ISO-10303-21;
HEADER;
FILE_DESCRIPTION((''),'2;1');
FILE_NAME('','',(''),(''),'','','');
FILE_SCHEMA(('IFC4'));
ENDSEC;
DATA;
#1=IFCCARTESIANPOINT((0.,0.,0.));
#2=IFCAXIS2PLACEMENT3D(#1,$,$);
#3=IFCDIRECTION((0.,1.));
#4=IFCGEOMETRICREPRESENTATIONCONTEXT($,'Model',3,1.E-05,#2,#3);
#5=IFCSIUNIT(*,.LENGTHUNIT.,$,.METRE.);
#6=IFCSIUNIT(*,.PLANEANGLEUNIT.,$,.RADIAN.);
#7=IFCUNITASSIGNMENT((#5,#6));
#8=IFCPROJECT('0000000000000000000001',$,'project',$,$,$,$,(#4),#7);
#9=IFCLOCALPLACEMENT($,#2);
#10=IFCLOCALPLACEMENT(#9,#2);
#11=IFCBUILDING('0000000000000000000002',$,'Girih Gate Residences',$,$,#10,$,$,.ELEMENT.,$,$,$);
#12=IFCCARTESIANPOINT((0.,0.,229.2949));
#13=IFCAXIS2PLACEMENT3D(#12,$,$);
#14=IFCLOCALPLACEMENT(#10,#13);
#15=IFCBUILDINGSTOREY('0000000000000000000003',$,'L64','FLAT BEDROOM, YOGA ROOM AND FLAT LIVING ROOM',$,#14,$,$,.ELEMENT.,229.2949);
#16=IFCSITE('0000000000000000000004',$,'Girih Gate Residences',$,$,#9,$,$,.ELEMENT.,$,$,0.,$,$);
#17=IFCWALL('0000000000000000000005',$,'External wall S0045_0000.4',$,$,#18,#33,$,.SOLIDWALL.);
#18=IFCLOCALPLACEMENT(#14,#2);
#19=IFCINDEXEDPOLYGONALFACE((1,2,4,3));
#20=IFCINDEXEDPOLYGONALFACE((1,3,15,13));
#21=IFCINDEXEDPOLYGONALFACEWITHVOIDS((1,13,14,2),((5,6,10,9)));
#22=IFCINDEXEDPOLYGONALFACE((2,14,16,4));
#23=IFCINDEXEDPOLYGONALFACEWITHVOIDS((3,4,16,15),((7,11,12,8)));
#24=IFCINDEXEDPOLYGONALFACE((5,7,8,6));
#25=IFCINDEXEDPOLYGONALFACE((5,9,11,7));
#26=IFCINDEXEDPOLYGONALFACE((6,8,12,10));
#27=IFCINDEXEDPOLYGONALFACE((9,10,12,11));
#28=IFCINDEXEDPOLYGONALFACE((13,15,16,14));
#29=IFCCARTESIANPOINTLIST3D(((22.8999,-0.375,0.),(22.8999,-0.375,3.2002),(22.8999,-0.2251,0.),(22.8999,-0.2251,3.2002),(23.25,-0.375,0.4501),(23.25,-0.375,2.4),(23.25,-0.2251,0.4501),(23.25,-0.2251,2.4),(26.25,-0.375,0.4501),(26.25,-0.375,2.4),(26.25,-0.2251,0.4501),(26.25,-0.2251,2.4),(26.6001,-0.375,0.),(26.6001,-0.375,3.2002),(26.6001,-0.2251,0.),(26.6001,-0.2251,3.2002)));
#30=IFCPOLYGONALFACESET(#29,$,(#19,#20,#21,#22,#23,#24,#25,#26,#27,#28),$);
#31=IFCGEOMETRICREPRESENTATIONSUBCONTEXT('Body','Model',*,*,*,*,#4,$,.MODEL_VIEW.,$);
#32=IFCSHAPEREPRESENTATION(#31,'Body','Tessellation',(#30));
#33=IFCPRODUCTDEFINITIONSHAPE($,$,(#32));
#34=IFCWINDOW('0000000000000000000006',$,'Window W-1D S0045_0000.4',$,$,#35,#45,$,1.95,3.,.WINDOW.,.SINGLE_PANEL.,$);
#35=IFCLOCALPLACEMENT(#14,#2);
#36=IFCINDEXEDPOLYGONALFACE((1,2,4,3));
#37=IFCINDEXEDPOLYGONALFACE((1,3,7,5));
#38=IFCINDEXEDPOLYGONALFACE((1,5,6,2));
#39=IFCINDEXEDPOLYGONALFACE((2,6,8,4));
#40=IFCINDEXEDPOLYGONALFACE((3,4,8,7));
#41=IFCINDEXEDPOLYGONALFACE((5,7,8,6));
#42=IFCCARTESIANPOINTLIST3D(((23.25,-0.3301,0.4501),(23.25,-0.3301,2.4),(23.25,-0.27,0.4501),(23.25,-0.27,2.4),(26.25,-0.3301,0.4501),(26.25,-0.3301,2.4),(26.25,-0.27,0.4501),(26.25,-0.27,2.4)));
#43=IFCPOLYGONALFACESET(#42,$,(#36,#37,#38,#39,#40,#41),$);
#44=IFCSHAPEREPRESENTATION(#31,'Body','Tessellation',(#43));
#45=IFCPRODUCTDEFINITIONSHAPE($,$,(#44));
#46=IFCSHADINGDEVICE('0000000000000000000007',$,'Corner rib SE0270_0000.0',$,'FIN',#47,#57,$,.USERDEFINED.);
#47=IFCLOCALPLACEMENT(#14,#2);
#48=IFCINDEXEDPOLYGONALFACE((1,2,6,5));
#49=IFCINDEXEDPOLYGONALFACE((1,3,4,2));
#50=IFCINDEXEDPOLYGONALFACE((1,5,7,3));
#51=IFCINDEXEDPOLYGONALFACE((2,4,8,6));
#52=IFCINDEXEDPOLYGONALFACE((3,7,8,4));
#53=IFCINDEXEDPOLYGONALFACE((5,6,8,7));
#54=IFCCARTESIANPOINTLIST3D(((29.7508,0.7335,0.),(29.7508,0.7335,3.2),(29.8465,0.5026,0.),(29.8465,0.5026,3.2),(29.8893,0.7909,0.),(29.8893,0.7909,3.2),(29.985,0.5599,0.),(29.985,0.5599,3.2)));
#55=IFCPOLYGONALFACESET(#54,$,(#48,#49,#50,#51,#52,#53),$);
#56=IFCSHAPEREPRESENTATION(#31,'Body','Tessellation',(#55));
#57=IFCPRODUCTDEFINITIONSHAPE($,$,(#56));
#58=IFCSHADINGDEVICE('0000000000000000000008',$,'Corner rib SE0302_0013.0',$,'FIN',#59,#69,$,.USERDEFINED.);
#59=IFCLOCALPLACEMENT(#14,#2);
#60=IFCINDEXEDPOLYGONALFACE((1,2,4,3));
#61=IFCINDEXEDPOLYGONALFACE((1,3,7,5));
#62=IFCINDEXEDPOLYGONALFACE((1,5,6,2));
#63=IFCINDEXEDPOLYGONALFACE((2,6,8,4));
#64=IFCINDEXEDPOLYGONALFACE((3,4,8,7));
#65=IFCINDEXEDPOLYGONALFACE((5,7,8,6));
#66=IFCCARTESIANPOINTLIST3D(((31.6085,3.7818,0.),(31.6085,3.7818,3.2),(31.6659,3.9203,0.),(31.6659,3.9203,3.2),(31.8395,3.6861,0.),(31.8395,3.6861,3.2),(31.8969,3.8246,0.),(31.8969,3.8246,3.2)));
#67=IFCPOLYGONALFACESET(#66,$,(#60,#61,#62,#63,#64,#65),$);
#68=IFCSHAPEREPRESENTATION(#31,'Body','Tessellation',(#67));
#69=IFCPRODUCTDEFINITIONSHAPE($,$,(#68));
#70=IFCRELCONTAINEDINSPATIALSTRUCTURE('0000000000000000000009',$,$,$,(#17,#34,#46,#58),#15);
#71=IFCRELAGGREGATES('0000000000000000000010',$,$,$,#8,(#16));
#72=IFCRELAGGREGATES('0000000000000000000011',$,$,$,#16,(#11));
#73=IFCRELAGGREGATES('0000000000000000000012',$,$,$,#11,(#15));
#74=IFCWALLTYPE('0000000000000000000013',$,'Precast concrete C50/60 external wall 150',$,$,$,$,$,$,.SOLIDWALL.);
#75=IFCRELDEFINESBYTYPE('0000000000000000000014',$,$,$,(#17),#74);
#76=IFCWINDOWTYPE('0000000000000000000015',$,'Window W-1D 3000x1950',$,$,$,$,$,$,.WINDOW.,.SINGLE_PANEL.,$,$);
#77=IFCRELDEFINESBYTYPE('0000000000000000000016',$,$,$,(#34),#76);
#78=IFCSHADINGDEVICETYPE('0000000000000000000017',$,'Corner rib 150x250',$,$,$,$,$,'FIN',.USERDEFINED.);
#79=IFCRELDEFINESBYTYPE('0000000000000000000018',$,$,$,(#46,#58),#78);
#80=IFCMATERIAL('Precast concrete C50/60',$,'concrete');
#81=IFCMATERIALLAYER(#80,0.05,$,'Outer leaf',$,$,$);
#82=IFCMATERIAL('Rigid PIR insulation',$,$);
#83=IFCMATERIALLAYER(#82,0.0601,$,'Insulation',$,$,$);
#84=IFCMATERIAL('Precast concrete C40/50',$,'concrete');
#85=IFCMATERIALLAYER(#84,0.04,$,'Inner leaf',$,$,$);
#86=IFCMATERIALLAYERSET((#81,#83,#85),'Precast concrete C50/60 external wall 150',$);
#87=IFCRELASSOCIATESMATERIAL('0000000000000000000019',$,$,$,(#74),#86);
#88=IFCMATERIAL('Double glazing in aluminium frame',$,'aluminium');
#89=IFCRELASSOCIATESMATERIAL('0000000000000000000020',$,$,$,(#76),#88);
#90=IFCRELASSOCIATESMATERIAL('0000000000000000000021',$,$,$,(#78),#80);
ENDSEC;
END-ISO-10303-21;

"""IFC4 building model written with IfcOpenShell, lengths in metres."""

from ifc_helpers import new_model, si_unit, direction, frame, frame_2d, origin, origin_2d, place, context, subcontext, project, spatial, rectangle, extrude, material, layer, layer_set, type_object, element, fill, save


model = new_model("IFC4")

# Units and contexts
model_context = context("Model", 3, precision=1e-05, world=origin(), true_north=direction((0.0, 1.0)))
body_context = subcontext(model_context, "Body", "Model", "MODEL_VIEW")
ifc_project = project(units=[si_unit("LENGTHUNIT", "METRE"), si_unit("PLANEANGLEUNIT", "RADIAN")], contexts=[model_context])

# Site, building, storey
site_placement = place(None, origin())
site = spatial("IfcSite", under=ifc_project, at=site_placement, Name="Girih Gate Residences", CompositionType="ELEMENT", RefElevation=0.0)
building_placement = place(site_placement, origin())
building = spatial("IfcBuilding", under=site, at=building_placement, Name="Girih Gate Residences", CompositionType="ELEMENT")
storey_placement = place(building_placement, frame((0.0, 0.0, 229.2949)))
storey = spatial("IfcBuildingStorey", under=building, at=storey_placement, Name="L64", Description="FLAT BEDROOM, YOGA ROOM AND FLAT LIVING ROOM", CompositionType="ELEMENT", Elevation=229.2949)

# Wall, opening, window
ifc_material_1 = material(Name="Precast concrete C50/60", Category="concrete")
ifc_layer_1 = layer(ifc_material_1, 0.05, Name="Outer leaf")
ifc_material_2 = material(Name="Rigid PIR insulation")
ifc_layer_2 = layer(ifc_material_2, 0.0601, Name="Insulation")
ifc_material_3 = material(Name="Precast concrete C40/50", Category="concrete")
ifc_layer_3 = layer(ifc_material_3, 0.04, Name="Inner leaf")
ifc_layer_set_1 = layer_set([ifc_layer_1, ifc_layer_2, ifc_layer_3], Name="Precast concrete C50/60 external wall 150")
wall_type_1 = type_object("IfcWallType", Name="Precast concrete C50/60 external wall 150", PredefinedType="SOLIDWALL", material=ifc_layer_set_1)
ifc_material_4 = material(Name="Double glazing in aluminium frame", Category="aluminium")
window_type_1 = type_object("IfcWindowType", Name="Window W-1D 3000x1950", PartitioningType="SINGLE_PANEL", PredefinedType="WINDOW", material=ifc_material_4)
wall_1_placement = place(storey_placement, frame((26.6001, -0.3, 0.0), z_axis=(0.0, 0.0, 1.0), x_axis=(-1.0, 0.0, 0.0)))
wall_1 = element("IfcWall", 1, at=wall_1_placement, inside=storey, type_object=wall_type_1, Name="External wall S0045_0000.4", PredefinedType="SOLIDWALL", context=body_context, shape_type="SweptSolid", body=[
    extrude(rectangle(XDim=3.7002, YDim=0.1499, at=frame_2d((1.8501, 0.0))), origin(), (0.0, 0.0, 1.0), 3.2002),
])
opening_1_placement = place(wall_1_placement, frame((0.3501, 0.0, 0.45)))
opening_1 = element("IfcOpeningElement", 2, at=opening_1_placement, cuts=wall_1, PredefinedType="OPENING", context=body_context, shape_type="SweptSolid", body=[
    extrude(rectangle(XDim=3.0, YDim=1.95, at=frame_2d((1.5, 0.9751))), frame((0.0, 0.085, 0.0), z_axis=(0.0, -1.0, 0.0), x_axis=(1.0, 0.0, 0.0)), (0.0, 0.0, 1.0), 0.1699),
])
window_1_placement = place(opening_1_placement, origin())
window_1 = element("IfcWindow", 3, at=window_1_placement, inside=storey, type_object=window_type_1, Name="Window W-1D S0045_0000.4", OverallHeight=1.95, OverallWidth=3.0, PartitioningType="SINGLE_PANEL", PredefinedType="WINDOW", context=body_context, shape_type="SweptSolid", body=[
    extrude(rectangle(XDim=3.0, YDim=1.95, at=frame_2d((1.5, 0.9751))), frame((0.0, 0.03, 0.0), z_axis=(0.0, -1.0, 0.0), x_axis=(1.0, 0.0, 0.0)), (0.0, 0.0, 1.0), 0.0601),
])
fill(opening_1, window_1)

# Shading devices
shading_device_type = type_object("IfcShadingDeviceType", Name="Corner rib 150x250", ElementType="FIN", PredefinedType="USERDEFINED", material=ifc_material_1)
for number, where, z_axis, x_axis, name in (
    (4, (29.8679, 0.6467, 0.0), (0.0, 0.0, 1.0), (0.92388, 0.382683, 0.0), "Corner rib SE0270_0000.0"),
    (5, (31.7527, 3.8032, 0.0), (0.0, 0.0, 1.0), (0.382683, 0.92388, 0.0), "Corner rib SE0302_0013.0"),
):
    element("IfcShadingDevice", number, at=place(storey_placement, frame(where, z_axis=z_axis, x_axis=x_axis)), inside=storey, type_object=shading_device_type, Name=name, ObjectType="FIN", PredefinedType="USERDEFINED", context=body_context, shape_type="SweptSolid", body=[
        extrude(rectangle(XDim=0.1499, YDim=0.25, at=origin_2d()), origin(), (0.0, 0.0, 1.0), 3.2),
    ])

save(model, "model.ifc")
